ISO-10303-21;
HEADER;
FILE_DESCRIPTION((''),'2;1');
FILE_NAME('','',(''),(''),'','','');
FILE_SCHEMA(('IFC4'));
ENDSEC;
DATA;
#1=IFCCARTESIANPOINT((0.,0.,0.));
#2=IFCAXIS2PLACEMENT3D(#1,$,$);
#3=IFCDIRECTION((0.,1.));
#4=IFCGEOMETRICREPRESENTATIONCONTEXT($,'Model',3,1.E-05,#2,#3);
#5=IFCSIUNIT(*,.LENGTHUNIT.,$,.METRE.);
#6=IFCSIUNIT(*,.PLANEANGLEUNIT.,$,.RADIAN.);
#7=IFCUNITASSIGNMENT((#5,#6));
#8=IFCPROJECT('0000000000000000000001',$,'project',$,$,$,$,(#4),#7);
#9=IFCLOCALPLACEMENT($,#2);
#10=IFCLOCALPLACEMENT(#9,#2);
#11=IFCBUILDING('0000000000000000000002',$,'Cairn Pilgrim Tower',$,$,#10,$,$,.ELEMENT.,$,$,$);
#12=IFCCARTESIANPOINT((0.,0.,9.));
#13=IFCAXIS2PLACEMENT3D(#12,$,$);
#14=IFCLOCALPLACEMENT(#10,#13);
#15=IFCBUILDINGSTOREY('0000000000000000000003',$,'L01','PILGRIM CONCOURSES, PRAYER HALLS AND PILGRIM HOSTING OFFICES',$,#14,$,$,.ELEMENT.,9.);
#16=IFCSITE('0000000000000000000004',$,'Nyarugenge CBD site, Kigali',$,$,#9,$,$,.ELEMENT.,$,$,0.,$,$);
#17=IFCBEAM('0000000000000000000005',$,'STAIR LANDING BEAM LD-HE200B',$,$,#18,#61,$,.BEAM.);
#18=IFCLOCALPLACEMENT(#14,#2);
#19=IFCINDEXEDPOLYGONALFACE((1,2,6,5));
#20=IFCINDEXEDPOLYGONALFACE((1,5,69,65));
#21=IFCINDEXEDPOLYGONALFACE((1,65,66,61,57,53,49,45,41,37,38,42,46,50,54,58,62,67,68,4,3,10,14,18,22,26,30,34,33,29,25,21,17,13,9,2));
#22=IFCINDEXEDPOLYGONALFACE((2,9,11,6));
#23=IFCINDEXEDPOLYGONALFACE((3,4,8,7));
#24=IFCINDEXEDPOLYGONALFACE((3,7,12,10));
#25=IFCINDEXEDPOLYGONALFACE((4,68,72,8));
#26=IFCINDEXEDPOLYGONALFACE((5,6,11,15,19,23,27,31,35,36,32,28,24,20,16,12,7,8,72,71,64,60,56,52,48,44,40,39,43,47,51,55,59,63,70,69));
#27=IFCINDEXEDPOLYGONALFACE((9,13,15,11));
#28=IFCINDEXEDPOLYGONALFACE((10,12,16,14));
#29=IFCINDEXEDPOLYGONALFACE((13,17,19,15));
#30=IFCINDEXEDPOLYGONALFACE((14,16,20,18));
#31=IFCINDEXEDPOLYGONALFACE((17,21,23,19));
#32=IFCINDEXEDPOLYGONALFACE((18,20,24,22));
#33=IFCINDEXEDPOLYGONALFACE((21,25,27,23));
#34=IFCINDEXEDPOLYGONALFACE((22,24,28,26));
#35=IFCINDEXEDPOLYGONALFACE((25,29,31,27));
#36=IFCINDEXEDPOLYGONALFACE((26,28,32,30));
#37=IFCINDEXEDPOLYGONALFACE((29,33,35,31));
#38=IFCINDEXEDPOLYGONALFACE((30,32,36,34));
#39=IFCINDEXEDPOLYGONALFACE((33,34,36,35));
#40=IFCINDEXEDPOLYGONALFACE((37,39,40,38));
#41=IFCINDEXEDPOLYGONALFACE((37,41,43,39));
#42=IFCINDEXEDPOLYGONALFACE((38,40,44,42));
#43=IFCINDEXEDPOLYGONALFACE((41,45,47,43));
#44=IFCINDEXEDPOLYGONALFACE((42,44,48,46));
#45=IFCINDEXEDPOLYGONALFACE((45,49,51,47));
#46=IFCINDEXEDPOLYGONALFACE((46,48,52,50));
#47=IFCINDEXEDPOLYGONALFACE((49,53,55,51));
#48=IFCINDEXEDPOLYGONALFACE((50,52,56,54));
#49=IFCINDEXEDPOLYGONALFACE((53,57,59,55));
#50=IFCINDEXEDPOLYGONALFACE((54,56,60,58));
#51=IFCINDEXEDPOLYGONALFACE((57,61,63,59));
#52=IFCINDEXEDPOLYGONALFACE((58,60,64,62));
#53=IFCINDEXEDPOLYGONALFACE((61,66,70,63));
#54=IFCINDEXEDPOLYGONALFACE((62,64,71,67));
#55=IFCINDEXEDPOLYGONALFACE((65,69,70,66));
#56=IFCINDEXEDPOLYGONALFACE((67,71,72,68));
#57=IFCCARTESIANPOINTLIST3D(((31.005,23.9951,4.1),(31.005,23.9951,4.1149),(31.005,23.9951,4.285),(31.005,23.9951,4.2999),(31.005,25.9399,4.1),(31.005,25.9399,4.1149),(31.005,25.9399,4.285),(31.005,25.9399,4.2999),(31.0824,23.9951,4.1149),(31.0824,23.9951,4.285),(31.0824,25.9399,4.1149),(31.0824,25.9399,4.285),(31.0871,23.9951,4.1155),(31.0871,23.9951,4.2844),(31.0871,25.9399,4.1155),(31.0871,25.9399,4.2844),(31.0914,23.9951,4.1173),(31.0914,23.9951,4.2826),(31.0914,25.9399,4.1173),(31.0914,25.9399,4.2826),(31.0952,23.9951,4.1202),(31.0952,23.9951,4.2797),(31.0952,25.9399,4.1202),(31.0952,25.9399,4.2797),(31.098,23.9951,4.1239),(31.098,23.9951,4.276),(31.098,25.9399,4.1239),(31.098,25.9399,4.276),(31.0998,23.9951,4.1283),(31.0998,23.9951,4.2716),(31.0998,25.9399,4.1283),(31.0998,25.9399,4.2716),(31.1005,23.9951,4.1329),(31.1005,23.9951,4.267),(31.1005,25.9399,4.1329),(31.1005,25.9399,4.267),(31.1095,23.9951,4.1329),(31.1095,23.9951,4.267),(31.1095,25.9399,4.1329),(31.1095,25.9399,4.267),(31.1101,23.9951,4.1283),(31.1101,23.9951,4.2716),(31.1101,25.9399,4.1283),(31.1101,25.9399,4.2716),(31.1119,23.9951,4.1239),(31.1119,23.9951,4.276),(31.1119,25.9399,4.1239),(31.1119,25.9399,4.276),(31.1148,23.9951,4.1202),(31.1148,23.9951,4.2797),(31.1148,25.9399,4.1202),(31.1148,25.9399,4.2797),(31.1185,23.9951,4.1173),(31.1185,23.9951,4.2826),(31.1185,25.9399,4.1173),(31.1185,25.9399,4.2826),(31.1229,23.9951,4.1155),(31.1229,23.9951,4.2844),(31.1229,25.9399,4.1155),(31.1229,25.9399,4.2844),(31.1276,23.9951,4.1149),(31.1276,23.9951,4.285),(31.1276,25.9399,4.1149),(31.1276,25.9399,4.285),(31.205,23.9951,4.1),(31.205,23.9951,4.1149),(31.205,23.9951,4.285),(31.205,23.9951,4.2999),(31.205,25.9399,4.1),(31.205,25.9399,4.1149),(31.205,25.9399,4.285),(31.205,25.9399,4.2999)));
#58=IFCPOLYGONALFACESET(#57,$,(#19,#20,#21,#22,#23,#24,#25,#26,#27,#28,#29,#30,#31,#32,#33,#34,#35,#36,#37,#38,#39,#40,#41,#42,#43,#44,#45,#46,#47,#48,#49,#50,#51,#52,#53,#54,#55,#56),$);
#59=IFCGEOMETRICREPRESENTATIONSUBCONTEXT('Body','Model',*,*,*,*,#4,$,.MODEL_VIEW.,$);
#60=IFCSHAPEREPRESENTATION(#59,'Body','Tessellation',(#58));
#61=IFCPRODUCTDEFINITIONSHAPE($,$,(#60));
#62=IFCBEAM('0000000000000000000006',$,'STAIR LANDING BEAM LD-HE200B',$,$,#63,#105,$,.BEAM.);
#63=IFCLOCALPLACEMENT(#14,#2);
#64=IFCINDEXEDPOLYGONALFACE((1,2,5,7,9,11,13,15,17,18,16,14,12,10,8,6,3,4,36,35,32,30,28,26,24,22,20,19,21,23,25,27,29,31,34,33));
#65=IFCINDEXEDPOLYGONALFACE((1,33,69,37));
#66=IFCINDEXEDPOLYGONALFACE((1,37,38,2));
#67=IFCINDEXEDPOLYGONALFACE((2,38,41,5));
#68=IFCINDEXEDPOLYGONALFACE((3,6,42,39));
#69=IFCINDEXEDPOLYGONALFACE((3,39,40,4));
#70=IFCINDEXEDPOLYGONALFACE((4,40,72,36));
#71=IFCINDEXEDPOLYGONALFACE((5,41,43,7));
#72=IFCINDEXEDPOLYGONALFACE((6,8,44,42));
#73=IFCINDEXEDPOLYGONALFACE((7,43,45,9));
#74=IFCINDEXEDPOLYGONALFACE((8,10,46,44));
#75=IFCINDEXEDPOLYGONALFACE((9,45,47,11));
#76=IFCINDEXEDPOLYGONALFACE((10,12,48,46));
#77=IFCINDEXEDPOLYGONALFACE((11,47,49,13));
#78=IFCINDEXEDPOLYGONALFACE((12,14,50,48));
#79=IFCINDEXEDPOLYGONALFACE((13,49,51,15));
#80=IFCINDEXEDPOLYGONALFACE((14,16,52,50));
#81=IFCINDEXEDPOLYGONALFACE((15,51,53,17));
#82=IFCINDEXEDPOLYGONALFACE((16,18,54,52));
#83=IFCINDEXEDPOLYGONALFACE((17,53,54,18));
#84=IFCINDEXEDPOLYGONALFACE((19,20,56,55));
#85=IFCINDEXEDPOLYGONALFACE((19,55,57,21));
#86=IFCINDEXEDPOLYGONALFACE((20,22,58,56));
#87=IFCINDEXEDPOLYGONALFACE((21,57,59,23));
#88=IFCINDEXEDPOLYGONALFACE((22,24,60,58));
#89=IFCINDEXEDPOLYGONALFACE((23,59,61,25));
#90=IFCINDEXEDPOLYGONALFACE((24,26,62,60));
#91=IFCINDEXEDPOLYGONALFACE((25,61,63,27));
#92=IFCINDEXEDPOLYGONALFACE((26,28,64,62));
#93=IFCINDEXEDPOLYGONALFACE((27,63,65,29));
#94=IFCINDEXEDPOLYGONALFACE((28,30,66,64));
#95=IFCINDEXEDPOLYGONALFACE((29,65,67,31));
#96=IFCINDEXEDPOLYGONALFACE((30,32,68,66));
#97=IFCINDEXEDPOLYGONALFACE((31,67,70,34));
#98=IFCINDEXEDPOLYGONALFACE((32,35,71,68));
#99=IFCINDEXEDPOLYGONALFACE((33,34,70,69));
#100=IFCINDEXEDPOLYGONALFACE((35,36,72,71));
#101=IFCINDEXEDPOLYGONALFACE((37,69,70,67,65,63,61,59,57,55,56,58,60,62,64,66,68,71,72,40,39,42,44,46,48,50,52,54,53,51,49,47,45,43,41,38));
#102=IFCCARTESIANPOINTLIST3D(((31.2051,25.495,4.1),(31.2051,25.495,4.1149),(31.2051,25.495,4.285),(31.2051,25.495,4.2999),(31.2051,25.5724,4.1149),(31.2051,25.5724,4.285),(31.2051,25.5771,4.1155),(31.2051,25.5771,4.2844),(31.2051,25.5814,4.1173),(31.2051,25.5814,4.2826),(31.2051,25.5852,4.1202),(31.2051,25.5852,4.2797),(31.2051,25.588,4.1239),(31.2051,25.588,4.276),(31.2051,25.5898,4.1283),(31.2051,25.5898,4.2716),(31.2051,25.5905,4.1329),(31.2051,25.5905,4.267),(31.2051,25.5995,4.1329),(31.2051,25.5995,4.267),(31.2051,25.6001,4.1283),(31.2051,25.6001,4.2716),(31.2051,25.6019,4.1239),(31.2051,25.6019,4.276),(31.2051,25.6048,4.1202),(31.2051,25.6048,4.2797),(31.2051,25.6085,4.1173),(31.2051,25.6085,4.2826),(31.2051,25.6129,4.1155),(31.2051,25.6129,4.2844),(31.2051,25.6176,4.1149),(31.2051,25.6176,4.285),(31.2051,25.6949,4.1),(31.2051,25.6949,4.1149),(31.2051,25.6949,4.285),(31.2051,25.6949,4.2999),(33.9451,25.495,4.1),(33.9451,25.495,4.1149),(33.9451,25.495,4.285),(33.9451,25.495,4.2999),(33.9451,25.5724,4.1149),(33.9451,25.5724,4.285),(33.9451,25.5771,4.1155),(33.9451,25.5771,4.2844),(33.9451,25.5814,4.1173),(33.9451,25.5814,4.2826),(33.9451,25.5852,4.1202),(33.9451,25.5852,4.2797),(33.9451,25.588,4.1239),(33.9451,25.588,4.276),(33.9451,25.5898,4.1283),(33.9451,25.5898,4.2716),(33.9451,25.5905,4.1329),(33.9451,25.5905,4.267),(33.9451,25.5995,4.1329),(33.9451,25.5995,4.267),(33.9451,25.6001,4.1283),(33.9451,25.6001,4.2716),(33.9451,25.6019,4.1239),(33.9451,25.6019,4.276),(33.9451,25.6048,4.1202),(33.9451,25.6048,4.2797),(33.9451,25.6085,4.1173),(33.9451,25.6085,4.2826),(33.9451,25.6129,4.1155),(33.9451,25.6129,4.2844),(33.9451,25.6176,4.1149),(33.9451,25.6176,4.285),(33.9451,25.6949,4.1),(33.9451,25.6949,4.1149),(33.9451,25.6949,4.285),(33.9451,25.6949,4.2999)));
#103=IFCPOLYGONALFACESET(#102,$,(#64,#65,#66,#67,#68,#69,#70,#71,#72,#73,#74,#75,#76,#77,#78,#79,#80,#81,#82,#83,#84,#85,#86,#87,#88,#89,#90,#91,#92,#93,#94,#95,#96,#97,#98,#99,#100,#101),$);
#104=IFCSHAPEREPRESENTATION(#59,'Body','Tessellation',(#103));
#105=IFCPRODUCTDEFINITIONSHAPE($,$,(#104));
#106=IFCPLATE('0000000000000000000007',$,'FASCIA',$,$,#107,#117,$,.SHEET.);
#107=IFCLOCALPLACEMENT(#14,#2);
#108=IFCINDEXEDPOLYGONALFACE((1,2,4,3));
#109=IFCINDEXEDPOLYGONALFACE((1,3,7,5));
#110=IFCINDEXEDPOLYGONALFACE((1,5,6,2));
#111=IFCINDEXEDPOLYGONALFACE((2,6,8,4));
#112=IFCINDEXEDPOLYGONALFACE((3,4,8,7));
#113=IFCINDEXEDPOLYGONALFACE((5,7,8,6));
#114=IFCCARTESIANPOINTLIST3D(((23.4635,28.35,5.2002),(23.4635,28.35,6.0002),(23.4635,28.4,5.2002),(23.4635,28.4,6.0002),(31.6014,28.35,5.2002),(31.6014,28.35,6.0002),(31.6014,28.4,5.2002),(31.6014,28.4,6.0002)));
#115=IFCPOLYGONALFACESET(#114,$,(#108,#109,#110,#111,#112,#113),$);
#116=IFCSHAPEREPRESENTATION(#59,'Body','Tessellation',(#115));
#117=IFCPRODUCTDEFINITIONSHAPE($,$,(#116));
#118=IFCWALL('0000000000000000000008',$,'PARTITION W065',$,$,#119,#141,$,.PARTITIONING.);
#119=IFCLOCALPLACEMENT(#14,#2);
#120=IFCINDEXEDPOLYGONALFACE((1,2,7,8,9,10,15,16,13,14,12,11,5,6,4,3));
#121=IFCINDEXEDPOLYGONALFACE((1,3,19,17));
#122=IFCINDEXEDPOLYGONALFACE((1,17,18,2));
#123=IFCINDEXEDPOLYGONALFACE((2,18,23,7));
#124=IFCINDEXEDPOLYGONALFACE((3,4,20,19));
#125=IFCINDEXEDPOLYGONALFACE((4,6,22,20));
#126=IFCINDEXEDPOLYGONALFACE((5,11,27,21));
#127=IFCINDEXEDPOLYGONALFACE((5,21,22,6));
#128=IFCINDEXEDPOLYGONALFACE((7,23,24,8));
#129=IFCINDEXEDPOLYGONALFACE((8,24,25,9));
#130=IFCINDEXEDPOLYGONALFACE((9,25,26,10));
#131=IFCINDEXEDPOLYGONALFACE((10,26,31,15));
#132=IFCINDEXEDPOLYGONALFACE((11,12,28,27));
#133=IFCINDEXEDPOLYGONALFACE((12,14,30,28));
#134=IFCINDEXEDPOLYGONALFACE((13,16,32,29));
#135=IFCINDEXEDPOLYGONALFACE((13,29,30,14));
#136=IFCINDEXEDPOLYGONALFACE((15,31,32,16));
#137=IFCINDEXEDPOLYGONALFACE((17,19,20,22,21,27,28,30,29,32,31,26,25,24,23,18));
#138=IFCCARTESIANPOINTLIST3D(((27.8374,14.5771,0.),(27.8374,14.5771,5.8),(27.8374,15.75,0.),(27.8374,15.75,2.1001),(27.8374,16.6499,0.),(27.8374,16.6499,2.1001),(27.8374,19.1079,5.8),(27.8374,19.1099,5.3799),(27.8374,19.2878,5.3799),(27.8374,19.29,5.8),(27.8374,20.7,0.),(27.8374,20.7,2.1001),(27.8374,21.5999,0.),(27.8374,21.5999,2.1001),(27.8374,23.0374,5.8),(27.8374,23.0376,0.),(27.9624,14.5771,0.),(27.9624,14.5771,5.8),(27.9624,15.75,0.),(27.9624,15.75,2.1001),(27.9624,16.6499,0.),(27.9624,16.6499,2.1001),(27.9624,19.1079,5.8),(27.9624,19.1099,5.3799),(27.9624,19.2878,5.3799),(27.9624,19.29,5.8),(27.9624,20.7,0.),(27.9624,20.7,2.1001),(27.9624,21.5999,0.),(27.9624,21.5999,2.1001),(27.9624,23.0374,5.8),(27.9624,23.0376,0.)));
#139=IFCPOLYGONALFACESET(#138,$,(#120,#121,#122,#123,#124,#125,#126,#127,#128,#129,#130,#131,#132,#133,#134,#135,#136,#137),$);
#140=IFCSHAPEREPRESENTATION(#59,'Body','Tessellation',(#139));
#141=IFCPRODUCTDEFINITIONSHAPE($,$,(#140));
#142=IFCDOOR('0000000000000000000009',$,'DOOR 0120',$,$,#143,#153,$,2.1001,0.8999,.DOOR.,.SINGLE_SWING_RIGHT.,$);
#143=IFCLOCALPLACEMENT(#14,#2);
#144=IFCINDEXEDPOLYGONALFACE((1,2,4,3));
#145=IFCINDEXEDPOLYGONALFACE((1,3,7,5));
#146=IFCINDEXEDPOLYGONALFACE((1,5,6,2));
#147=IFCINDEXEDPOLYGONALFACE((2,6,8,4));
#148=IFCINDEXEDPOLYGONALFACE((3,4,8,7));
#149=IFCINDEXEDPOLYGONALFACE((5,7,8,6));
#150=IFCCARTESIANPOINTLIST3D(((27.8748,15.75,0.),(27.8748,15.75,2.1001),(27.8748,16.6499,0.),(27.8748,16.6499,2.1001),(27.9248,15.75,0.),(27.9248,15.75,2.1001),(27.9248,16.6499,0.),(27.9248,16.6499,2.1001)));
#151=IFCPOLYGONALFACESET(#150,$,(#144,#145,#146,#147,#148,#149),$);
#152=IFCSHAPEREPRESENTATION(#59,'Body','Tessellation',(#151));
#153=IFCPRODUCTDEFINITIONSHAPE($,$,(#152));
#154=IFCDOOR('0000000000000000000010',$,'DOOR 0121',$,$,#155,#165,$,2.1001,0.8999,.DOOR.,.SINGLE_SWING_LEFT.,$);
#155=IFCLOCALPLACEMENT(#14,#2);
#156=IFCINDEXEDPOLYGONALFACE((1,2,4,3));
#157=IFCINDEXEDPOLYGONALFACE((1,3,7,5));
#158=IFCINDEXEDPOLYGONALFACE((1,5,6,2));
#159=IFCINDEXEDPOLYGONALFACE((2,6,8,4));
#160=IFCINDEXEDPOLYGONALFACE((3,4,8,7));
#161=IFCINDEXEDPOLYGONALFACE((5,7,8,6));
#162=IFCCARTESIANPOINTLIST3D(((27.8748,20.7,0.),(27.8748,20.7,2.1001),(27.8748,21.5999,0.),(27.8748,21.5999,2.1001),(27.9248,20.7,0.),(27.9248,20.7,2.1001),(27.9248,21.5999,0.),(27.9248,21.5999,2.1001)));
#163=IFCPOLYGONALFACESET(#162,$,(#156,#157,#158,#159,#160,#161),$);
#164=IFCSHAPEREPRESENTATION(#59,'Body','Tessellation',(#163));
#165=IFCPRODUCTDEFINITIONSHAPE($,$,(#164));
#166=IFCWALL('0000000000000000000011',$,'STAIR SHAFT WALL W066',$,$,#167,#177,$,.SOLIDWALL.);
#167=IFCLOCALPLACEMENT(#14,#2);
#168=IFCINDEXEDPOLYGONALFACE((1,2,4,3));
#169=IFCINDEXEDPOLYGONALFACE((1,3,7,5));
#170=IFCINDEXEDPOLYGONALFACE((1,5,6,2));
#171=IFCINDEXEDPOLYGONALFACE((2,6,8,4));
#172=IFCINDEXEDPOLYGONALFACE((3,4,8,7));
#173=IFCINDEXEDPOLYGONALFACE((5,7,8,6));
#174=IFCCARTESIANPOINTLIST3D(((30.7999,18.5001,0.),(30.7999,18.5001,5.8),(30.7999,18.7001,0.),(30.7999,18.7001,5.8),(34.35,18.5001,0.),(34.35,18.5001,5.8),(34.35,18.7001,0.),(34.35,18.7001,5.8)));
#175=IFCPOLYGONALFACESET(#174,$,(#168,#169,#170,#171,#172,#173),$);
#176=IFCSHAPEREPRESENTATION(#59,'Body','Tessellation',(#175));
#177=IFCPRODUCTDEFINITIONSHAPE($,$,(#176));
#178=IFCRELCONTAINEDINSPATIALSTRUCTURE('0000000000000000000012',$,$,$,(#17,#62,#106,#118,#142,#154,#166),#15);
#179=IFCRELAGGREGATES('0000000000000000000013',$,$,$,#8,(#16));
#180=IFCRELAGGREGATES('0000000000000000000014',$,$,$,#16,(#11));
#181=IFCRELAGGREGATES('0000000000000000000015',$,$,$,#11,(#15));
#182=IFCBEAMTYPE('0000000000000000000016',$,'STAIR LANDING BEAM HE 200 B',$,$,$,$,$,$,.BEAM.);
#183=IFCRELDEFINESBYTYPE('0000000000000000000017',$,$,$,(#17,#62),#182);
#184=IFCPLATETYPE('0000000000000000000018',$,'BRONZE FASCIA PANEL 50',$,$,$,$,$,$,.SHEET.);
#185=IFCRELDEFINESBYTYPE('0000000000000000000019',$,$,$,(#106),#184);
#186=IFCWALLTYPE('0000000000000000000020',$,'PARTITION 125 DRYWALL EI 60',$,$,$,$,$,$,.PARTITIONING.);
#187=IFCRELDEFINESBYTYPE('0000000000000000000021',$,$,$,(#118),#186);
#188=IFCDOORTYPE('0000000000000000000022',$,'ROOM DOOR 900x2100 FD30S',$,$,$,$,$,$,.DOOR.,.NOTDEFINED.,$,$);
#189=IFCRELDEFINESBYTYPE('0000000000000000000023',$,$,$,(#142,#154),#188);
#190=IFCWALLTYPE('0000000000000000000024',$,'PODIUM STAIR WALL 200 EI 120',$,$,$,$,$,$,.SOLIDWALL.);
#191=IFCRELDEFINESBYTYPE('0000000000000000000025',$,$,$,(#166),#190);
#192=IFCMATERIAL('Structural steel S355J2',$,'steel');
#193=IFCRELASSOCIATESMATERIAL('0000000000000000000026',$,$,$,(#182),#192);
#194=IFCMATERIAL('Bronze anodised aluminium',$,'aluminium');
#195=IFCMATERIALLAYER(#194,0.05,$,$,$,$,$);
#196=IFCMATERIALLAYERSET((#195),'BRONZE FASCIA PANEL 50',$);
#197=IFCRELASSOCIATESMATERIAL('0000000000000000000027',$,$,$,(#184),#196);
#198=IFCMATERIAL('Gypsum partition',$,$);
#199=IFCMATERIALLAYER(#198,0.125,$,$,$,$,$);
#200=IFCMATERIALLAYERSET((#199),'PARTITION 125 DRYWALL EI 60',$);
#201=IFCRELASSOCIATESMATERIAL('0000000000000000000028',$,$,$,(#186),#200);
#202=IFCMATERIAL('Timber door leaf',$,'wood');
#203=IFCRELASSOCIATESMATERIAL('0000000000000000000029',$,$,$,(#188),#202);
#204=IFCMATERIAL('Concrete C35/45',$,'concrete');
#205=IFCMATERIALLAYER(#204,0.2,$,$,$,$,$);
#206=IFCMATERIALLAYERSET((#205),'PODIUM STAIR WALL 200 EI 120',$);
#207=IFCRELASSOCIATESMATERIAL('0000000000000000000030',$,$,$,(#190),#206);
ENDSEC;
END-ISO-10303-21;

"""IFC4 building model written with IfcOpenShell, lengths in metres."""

from ifc_helpers import new_model, si_unit, direction, frame, frame_2d, origin, origin_2d, place, context, subcontext, project, spatial, polyline, rectangle, i_section, outline, extrude, material, layer, layer_set, material_profile, profile_set, type_object, element, fill, save


model = new_model("IFC4")

# Units and contexts
model_context = context("Model", 3, precision=1e-05, world=origin(), true_north=direction((0.0, 1.0)))
body_context = subcontext(model_context, "Body", "Model", "MODEL_VIEW")
ifc_project = project(units=[si_unit("LENGTHUNIT", "METRE"), si_unit("PLANEANGLEUNIT", "RADIAN")], contexts=[model_context])

# Site, building, storey
site_placement = place(None, origin())
site = spatial("IfcSite", under=ifc_project, at=site_placement, Name="Nyarugenge CBD site, Kigali", CompositionType="ELEMENT", RefElevation=0.0)
building_placement = place(site_placement, origin())
building = spatial("IfcBuilding", under=site, at=building_placement, Name="Cairn Pilgrim Tower", CompositionType="ELEMENT")
storey_placement = place(building_placement, frame((0.0, 0.0, 9.0)))
storey = spatial("IfcBuildingStorey", under=building, at=storey_placement, Name="L01", Description="PILGRIM CONCOURSES, PRAYER HALLS AND PILGRIM HOSTING OFFICES", CompositionType="ELEMENT", Elevation=9.0)

# Shared definitions
ifc_material_1 = material(Name="Structural steel S355J2", Category="steel")

# Beams
ifc_material_profile_1 = material_profile(ifc_material_1, i_section(OverallWidth=0.2, OverallDepth=0.2, WebThickness=0.009, FlangeThickness=0.0149, FilletRadius=0.0181, at=origin_2d()), Name="HE 200 B")
ifc_profile_set_1 = profile_set([ifc_material_profile_1], Name="Structural steel S355J2")
beam_type_1 = type_object("IfcBeamType", Name="STAIR LANDING BEAM HE 200 B", PredefinedType="BEAM", material=ifc_profile_set_1)
beam_1_placement = place(storey_placement, frame((31.105, 25.9399, 4.2), z_axis=(0.0, -1.0, 0.0), x_axis=(1.0, 0.0, 0.0)))
element("IfcBeam", 1, at=beam_1_placement, inside=storey, type_object=beam_type_1, Name="STAIR LANDING BEAM LD-HE200B", PredefinedType="BEAM", context=body_context, shape_type="SweptSolid", body=[
    extrude(i_section(OverallWidth=0.2, OverallDepth=0.2, WebThickness=0.009, FlangeThickness=0.0149, FilletRadius=0.0181, at=origin_2d()), origin(), (0.0, 0.0, 1.0), 1.9448),
])
beam_2_placement = place(storey_placement, frame((31.2051, 25.595, 4.2), z_axis=(1.0, 0.0, 0.0), x_axis=(0.0, 1.0, 0.0)))
element("IfcBeam", 2, at=beam_2_placement, inside=storey, type_object=beam_type_1, Name="STAIR LANDING BEAM LD-HE200B", PredefinedType="BEAM", context=body_context, shape_type="SweptSolid", body=[
    extrude(i_section(OverallWidth=0.2, OverallDepth=0.2, WebThickness=0.009, FlangeThickness=0.0149, FilletRadius=0.0181, at=origin_2d()), origin(), (0.0, 0.0, 1.0), 2.74),
])

# Plate
ifc_material_2 = material(Name="Bronze anodised aluminium", Category="aluminium")
ifc_layer_1 = layer(ifc_material_2, 0.05)
ifc_layer_set_1 = layer_set([ifc_layer_1], Name="BRONZE FASCIA PANEL 50")
plate_type = type_object("IfcPlateType", Name="BRONZE FASCIA PANEL 50", PredefinedType="SHEET", material=ifc_layer_set_1)
plate_placement = place(storey_placement, frame((27.5325, 28.375, 5.2002), z_axis=(0.0, 0.0, 1.0), x_axis=(-1.0, 0.0, 0.0)))
element("IfcPlate", 3, at=plate_placement, inside=storey, type_object=plate_type, Name="FASCIA", PredefinedType="SHEET", context=body_context, shape_type="SweptSolid", body=[
    extrude(rectangle(XDim=8.1379, YDim=0.05, at=origin_2d()), origin(), (0.0, 0.0, 1.0), 0.8),
])

# Wall, openings, doors
ifc_material_3 = material(Name="Gypsum partition")
ifc_layer_2 = layer(ifc_material_3, 0.125)
ifc_layer_set_2 = layer_set([ifc_layer_2], Name="PARTITION 125 DRYWALL EI 60")
wall_type_1 = type_object("IfcWallType", Name="PARTITION 125 DRYWALL EI 60", PredefinedType="PARTITIONING", material=ifc_layer_set_2)
wall_1_placement = place(storey_placement, frame((27.8999, 14.5771, 0.0), z_axis=(0.0, 0.0, 1.0), x_axis=(0.0, 1.0, 0.0)))
wall_1 = element("IfcWall", 4, at=wall_1_placement, inside=storey, type_object=wall_type_1, Name="PARTITION W065", PredefinedType="PARTITIONING", context=body_context, shape_type="SweptSolid", body=[
    extrude(outline(polyline([(0.0, 0.0), (8.4604, 0.0), (8.4602, 5.8), (4.7129, 5.8), (4.7107, 5.3799), (4.5327, 5.3799), (4.5308, 5.8), (0.0, 5.8), (0.0, 0.0)])), frame((0.0, 0.0625, 0.0), z_axis=(0.0, -1.0, 0.0), x_axis=(1.0, 0.0, 0.0)), (0.0, 0.0, 1.0), 0.125),
])
opening_1_placement = place(wall_1_placement, frame((1.1729, 0.0, 0.0)))
opening_1 = element("IfcOpeningElement", 5, at=opening_1_placement, cuts=wall_1, PredefinedType="OPENING", context=body_context, shape_type="SweptSolid", body=[
    extrude(rectangle(XDim=0.8999, YDim=2.1001, at=frame_2d((0.45, 1.05))), frame((0.0, 0.0725, 0.0), z_axis=(0.0, -1.0, 0.0), x_axis=(1.0, 0.0, 0.0)), (0.0, 0.0, 1.0), 0.145),
])
opening_2_placement = place(wall_1_placement, frame((6.1228, 0.0, 0.0)))
opening_2 = element("IfcOpeningElement", 6, at=opening_2_placement, cuts=wall_1, PredefinedType="OPENING", context=body_context, shape_type="SweptSolid", body=[
    extrude(rectangle(XDim=0.8999, YDim=2.1001, at=frame_2d((0.45, 1.05))), frame((0.0, 0.0725, 0.0), z_axis=(0.0, -1.0, 0.0), x_axis=(1.0, 0.0, 0.0)), (0.0, 0.0, 1.0), 0.145),
])
ifc_material_4 = material(Name="Timber door leaf", Category="wood")
door_type_1 = type_object("IfcDoorType", Name="ROOM DOOR 900x2100 FD30S", OperationType="NOTDEFINED", PredefinedType="DOOR", material=ifc_material_4)
door_1_placement = place(opening_1_placement, frame((0.8999, 0.0, 0.0), z_axis=(0.0, 0.0, 1.0), x_axis=(-1.0, 0.0, 0.0)))
door_1 = element("IfcDoor", 7, at=door_1_placement, inside=storey, type_object=door_type_1, Name="DOOR 0120", OperationType="SINGLE_SWING_RIGHT", OverallHeight=2.1001, OverallWidth=0.8999, PredefinedType="DOOR", context=body_context, shape_type="SweptSolid", body=[
    extrude(rectangle(XDim=0.8999, YDim=2.1001, at=frame_2d((0.45, 1.05))), frame((0.0, 0.0249, 0.0), z_axis=(0.0, -1.0, 0.0), x_axis=(1.0, 0.0, 0.0)), (0.0, 0.0, 1.0), 0.05),
])
fill(opening_1, door_1)
door_2_placement = place(opening_2_placement, frame((0.8999, 0.0, 0.0), z_axis=(0.0, 0.0, 1.0), x_axis=(-1.0, 0.0, 0.0)))
door_2 = element("IfcDoor", 8, at=door_2_placement, inside=storey, type_object=door_type_1, Name="DOOR 0121", OperationType="SINGLE_SWING_LEFT", OverallHeight=2.1001, OverallWidth=0.8999, PredefinedType="DOOR", context=body_context, shape_type="SweptSolid", body=[
    extrude(rectangle(XDim=0.8999, YDim=2.1001, at=frame_2d((0.45, 1.05))), frame((0.0, 0.0249, 0.0), z_axis=(0.0, -1.0, 0.0), x_axis=(1.0, 0.0, 0.0)), (0.0, 0.0, 1.0), 0.05),
])
fill(opening_2, door_2)

# Wall
ifc_material_5 = material(Name="Concrete C35/45", Category="concrete")
ifc_layer_3 = layer(ifc_material_5, 0.2)
ifc_layer_set_3 = layer_set([ifc_layer_3], Name="PODIUM STAIR WALL 200 EI 120")
wall_type_2 = type_object("IfcWallType", Name="PODIUM STAIR WALL 200 EI 120", PredefinedType="SOLIDWALL", material=ifc_layer_set_3)
wall_2_placement = place(storey_placement, frame((30.8, 18.6001, 0.0), z_axis=(0.0, 0.0, 1.0), x_axis=(1.0, 0.0, 0.0)))
element("IfcWall", 9, at=wall_2_placement, inside=storey, type_object=wall_type_2, Name="STAIR SHAFT WALL W066", PredefinedType="SOLIDWALL", context=body_context, shape_type="SweptSolid", body=[
    extrude(rectangle(XDim=3.55, YDim=0.2, at=frame_2d((1.7749, 0.0))), origin(), (0.0, 0.0, 1.0), 5.8),
])

save(model, "model.ifc")
